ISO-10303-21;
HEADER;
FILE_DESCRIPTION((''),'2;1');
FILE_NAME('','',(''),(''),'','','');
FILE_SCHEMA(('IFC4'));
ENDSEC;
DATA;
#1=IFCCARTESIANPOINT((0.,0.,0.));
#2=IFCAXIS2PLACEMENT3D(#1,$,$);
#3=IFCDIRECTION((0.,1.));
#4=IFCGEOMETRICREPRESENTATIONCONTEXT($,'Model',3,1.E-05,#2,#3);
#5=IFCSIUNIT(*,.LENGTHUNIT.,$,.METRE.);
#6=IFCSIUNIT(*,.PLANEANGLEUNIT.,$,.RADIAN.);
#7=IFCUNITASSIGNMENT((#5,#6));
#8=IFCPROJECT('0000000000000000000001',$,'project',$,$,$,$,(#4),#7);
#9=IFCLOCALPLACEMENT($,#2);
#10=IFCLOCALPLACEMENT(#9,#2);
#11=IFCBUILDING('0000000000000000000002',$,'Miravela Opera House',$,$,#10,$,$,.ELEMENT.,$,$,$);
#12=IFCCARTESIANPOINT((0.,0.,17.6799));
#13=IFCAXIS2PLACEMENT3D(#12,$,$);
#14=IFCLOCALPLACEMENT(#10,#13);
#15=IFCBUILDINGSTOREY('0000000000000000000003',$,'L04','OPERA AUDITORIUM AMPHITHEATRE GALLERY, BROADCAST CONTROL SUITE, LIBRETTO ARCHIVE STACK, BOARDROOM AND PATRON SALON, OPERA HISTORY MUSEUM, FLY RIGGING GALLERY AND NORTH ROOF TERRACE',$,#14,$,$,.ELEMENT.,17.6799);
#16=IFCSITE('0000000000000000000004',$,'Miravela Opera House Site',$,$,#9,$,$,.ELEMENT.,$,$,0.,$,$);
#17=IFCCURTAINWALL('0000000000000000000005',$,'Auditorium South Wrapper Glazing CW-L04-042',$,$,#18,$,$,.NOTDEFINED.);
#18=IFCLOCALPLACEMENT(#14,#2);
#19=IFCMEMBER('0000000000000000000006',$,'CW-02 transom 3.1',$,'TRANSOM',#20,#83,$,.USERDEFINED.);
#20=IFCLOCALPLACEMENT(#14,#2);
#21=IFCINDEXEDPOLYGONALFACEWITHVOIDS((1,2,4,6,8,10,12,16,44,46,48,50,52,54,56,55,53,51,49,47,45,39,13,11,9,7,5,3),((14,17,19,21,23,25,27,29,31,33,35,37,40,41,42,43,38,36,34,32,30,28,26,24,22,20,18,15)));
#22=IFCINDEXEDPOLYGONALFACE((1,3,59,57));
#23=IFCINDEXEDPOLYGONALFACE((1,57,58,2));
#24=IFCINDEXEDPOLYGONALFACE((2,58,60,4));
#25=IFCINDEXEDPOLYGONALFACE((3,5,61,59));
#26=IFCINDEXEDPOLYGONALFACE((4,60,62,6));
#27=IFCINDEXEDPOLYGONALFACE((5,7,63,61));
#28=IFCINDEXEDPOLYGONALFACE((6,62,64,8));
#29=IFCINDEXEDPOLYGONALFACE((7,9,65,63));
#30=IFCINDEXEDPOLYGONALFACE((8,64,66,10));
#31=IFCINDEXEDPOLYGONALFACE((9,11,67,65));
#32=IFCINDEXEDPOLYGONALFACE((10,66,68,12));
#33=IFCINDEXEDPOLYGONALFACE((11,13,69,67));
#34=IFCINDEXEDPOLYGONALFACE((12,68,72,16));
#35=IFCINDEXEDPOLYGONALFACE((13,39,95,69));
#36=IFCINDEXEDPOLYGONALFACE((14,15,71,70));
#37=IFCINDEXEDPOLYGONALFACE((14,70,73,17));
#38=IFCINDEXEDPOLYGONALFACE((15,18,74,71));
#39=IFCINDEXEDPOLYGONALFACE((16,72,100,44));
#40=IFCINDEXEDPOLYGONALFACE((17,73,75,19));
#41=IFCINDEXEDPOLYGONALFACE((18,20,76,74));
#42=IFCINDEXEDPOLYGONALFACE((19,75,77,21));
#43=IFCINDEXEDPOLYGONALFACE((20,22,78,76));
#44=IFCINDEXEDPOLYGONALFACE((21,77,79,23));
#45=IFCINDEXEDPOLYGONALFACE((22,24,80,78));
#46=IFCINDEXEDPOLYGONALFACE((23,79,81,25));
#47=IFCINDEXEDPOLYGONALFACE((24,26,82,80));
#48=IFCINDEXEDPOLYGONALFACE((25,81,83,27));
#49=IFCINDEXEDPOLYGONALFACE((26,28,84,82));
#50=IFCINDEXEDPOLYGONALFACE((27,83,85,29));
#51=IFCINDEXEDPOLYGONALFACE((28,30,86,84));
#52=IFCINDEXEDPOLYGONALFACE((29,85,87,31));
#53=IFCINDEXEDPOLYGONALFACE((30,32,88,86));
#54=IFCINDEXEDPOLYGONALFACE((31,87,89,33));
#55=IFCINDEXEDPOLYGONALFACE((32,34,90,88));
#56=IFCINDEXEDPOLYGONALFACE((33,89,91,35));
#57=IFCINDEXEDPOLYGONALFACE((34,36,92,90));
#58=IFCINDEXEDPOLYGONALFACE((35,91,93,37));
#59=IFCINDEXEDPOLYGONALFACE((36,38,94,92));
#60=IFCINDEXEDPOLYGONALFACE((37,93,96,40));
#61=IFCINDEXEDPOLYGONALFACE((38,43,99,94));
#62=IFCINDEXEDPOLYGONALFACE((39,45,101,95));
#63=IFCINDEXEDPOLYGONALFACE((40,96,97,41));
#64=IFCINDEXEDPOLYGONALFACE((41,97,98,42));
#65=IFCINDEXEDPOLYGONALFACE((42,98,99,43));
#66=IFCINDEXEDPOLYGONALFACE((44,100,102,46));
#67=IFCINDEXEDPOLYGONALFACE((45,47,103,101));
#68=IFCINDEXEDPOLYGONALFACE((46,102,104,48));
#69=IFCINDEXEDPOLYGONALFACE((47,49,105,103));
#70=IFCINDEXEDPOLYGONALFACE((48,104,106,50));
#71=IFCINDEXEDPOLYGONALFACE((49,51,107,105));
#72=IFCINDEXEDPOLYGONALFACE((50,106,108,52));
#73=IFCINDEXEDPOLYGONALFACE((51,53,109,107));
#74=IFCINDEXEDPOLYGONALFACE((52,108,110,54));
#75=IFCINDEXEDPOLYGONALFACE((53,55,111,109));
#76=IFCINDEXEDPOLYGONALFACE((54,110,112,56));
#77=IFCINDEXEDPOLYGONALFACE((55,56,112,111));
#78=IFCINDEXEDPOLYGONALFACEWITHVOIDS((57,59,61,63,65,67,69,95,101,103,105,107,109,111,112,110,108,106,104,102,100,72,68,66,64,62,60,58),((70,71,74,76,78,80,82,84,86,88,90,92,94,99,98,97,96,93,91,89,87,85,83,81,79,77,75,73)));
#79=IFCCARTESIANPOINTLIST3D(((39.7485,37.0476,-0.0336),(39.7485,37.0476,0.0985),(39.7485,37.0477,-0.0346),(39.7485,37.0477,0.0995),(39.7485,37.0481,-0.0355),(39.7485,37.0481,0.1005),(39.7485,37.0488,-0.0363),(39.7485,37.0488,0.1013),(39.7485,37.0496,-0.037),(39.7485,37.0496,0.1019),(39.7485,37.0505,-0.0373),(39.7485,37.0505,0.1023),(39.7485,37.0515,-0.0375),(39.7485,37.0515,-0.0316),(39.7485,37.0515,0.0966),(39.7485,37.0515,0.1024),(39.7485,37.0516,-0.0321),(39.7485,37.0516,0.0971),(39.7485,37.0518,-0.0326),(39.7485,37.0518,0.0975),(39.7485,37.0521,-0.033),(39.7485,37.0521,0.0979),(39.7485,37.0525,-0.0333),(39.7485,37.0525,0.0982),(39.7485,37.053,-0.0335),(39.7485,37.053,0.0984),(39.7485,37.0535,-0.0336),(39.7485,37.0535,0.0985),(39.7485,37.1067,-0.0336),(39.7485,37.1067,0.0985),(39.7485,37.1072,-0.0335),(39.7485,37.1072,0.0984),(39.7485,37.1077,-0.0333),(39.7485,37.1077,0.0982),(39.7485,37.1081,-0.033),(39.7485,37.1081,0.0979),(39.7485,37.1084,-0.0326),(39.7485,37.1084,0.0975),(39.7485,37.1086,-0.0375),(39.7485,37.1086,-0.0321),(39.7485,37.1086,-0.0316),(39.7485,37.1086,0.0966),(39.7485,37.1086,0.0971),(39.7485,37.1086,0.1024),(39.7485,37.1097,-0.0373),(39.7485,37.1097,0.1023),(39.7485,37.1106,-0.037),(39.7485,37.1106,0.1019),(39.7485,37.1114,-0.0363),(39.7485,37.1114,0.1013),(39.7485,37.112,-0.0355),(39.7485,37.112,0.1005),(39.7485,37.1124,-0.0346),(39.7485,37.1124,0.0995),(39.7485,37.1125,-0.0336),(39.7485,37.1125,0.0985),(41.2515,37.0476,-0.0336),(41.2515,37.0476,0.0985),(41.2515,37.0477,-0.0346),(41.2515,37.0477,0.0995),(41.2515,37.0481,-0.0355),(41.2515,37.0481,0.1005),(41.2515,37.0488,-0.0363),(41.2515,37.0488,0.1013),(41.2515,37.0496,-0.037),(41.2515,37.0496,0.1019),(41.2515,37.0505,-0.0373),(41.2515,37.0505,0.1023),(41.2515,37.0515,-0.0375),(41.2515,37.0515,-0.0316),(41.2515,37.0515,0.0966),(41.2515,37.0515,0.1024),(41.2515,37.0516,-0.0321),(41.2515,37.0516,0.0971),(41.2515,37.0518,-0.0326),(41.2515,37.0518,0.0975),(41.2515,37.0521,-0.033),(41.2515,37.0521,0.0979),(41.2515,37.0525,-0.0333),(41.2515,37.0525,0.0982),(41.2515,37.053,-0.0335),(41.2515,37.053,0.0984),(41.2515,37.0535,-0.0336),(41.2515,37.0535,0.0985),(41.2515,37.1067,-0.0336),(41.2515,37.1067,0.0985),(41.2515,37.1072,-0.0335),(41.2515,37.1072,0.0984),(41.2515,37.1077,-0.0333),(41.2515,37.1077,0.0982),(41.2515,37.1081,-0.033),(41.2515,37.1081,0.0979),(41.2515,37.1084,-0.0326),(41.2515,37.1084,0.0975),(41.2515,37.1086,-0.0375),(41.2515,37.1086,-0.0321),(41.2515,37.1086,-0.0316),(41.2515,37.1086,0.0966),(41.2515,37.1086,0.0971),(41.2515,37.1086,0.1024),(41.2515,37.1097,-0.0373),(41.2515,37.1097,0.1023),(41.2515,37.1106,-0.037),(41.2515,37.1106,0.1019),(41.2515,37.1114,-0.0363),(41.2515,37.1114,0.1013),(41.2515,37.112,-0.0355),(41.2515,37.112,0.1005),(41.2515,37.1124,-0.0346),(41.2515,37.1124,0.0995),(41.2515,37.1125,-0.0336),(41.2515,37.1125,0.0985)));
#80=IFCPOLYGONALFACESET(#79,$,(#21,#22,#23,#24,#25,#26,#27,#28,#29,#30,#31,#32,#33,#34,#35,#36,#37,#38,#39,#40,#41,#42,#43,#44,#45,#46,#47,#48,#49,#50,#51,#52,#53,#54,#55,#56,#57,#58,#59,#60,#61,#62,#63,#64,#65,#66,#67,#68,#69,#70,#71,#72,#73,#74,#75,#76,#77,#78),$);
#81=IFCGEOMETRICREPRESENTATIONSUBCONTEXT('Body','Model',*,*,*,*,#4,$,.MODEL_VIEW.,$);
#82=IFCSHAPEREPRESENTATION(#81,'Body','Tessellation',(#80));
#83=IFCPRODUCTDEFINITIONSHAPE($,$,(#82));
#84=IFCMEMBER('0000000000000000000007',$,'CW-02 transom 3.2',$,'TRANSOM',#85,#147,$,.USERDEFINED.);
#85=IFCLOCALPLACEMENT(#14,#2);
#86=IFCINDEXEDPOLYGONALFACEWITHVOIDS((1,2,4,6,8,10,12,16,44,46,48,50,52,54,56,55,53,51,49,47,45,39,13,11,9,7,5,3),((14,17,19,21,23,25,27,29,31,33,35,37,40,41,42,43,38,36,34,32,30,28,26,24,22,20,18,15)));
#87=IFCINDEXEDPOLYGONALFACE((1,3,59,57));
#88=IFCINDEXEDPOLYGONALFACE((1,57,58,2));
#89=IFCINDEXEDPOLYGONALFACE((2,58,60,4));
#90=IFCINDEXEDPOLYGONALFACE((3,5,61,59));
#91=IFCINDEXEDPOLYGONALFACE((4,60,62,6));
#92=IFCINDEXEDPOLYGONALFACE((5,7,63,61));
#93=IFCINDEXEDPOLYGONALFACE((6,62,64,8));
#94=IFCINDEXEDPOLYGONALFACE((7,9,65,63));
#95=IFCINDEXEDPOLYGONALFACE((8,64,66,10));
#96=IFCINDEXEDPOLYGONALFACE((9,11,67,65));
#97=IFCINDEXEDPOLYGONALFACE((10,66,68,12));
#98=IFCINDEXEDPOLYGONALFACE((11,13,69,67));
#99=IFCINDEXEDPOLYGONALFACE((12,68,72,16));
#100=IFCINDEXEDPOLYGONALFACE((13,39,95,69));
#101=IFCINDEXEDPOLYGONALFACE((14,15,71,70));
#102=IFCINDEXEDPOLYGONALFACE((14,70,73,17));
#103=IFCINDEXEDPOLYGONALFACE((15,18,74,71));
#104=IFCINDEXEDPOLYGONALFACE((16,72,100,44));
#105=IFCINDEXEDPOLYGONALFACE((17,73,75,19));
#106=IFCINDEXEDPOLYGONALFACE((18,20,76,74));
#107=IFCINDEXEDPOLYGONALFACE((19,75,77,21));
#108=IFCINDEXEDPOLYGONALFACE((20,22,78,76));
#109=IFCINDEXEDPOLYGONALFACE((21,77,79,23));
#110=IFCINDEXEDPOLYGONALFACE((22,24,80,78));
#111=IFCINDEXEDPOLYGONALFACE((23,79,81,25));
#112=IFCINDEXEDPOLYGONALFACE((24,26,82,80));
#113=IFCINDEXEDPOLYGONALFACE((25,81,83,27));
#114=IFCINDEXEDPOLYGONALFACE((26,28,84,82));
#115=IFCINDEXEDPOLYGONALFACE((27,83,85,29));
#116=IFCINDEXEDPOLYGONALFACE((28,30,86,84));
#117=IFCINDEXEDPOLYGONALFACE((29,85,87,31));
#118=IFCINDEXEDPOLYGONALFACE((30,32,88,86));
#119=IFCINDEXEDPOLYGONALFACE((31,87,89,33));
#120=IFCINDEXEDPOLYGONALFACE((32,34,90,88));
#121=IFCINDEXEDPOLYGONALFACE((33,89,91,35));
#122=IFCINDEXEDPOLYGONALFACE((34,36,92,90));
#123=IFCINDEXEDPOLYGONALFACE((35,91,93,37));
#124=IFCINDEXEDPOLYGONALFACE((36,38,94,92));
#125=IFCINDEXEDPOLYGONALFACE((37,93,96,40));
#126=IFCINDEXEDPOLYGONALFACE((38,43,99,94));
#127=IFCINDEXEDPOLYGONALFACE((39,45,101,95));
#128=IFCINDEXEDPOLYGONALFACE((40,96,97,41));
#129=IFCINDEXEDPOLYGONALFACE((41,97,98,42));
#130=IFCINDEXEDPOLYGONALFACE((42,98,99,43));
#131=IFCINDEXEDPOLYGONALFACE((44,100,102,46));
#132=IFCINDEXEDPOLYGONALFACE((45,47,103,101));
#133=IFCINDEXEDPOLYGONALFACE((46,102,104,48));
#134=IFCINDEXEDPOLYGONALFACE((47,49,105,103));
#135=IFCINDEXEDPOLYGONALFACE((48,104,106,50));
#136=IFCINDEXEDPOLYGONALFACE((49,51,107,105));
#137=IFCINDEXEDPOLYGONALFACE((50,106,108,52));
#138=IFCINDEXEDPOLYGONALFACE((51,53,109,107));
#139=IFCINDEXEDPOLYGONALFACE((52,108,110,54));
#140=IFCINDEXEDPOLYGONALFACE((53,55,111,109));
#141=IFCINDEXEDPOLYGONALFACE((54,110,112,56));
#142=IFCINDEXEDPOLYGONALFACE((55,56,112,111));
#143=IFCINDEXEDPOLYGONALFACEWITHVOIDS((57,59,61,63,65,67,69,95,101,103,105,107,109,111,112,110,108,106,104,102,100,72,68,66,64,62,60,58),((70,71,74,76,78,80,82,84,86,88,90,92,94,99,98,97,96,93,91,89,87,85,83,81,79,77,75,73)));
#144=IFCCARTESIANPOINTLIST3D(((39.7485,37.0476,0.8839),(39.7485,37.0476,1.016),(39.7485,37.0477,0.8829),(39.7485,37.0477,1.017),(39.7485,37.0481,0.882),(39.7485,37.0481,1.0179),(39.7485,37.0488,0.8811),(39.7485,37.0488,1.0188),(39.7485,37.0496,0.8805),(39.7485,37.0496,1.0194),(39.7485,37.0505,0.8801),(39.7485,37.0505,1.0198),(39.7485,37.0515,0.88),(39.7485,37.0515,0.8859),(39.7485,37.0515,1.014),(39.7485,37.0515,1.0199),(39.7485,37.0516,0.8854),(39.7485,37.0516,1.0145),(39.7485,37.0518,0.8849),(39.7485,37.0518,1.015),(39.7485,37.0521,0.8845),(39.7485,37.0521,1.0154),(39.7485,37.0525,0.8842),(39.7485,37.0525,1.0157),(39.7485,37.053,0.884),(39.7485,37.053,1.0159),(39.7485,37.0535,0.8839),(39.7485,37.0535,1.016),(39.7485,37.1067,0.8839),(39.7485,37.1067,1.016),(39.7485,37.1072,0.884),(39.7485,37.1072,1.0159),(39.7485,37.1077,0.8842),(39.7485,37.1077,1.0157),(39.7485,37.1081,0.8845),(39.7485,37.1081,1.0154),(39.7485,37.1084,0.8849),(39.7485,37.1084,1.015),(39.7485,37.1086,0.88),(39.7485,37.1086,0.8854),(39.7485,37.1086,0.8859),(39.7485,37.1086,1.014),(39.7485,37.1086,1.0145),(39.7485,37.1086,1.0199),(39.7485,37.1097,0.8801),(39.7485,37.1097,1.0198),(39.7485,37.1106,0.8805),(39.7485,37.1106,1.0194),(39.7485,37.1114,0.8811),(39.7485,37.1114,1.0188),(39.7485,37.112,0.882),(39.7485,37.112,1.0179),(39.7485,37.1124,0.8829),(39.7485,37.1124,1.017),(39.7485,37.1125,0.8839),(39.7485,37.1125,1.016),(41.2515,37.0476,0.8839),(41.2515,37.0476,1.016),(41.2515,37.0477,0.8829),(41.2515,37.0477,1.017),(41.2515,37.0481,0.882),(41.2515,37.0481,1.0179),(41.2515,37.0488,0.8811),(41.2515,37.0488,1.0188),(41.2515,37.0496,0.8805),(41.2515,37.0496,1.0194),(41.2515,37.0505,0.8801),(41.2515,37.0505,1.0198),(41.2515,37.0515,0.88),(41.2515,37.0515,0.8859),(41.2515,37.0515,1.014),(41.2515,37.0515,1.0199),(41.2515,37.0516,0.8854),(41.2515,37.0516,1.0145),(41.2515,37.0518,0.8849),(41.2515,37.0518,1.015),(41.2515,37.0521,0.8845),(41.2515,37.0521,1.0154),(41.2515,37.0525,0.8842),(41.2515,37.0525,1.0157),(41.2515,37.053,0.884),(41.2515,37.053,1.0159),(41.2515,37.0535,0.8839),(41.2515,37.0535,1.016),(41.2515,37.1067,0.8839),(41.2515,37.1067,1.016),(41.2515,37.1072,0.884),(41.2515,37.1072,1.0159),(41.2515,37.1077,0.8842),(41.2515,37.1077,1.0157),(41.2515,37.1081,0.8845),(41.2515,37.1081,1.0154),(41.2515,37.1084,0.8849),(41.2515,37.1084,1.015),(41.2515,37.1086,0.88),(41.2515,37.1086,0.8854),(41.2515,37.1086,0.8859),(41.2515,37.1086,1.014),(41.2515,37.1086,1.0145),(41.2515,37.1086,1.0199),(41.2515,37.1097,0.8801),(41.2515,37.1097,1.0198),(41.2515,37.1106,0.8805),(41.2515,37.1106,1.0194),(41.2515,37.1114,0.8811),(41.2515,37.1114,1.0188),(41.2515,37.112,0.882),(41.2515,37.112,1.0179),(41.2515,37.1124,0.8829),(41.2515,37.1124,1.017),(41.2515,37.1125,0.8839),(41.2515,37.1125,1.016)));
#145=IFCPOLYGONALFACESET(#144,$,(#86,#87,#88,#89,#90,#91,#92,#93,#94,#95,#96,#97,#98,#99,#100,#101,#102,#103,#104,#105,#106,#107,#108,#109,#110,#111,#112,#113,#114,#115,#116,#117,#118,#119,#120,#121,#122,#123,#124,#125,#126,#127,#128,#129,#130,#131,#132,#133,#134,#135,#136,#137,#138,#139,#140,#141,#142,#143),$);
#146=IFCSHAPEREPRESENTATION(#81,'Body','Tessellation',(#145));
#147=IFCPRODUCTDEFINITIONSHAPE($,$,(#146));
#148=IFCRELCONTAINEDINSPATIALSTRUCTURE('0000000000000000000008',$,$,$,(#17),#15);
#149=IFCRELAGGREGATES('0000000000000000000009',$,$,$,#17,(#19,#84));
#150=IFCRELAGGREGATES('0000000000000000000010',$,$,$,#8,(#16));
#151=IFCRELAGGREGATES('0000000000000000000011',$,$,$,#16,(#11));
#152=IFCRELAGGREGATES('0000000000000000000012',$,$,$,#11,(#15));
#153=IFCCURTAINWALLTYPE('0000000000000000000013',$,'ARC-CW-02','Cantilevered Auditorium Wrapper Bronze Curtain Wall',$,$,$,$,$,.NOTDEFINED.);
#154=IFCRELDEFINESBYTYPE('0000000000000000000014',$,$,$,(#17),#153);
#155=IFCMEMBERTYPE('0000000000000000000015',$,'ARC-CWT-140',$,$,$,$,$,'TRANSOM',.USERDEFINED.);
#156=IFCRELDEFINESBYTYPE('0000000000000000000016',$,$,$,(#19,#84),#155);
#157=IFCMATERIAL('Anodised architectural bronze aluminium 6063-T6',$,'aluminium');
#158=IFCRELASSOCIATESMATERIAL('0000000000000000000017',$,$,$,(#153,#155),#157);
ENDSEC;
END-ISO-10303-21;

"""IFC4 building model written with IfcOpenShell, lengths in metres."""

from ifc_helpers import new_model, si_unit, direction, frame, origin, origin_2d, place, context, subcontext, project, spatial, hollow_rectangle, extrude, material, material_profile, profile_set, type_object, element, aggregate, save


model = new_model("IFC4")

# Units and contexts
model_context = context("Model", 3, precision=1e-05, world=origin(), true_north=direction((0.0, 1.0)))
body_context = subcontext(model_context, "Body", "Model", "MODEL_VIEW")
ifc_project = project(units=[si_unit("LENGTHUNIT", "METRE"), si_unit("PLANEANGLEUNIT", "RADIAN")], contexts=[model_context])

# Site, building, storey
site_placement = place(None, origin())
site = spatial("IfcSite", under=ifc_project, at=site_placement, Name="Miravela Opera House Site", CompositionType="ELEMENT", RefElevation=0.0)
building_placement = place(site_placement, origin())
building = spatial("IfcBuilding", under=site, at=building_placement, Name="Miravela Opera House", CompositionType="ELEMENT")
storey_placement = place(building_placement, frame((0.0, 0.0, 17.6799)))
storey = spatial("IfcBuildingStorey", under=building, at=storey_placement, Name="L04", Description="OPERA AUDITORIUM AMPHITHEATRE GALLERY, BROADCAST CONTROL SUITE, LIBRETTO ARCHIVE STACK, BOARDROOM AND PATRON SALON, OPERA HISTORY MUSEUM, FLY RIGGING GALLERY AND NORTH ROOF TERRACE", CompositionType="ELEMENT", Elevation=17.6799)

# Curtain wall, members
ifc_material_1 = material(Name="Anodised architectural bronze aluminium 6063-T6", Category="aluminium")
curtain_wall_type = type_object("IfcCurtainWallType", Name="ARC-CW-02", Description="Cantilevered Auditorium Wrapper Bronze Curtain Wall", PredefinedType="NOTDEFINED", material=ifc_material_1)
curtain_wall_placement = place(storey_placement, origin())
curtain_wall = element("IfcCurtainWall", 1, at=curtain_wall_placement, inside=storey, type_object=curtain_wall_type, Name="Auditorium South Wrapper Glazing CW-L04-042", PredefinedType="NOTDEFINED")
ifc_material_profile_1 = material_profile(ifc_material_1, hollow_rectangle(XDim=0.0649, YDim=0.1399, WallThickness=0.0039, InnerFilletRadius=0.002, OuterFilletRadius=0.0039, at=origin_2d()), Name="CWT-65X140")
ifc_profile_set_1 = profile_set([ifc_material_profile_1])
member_type_1 = type_object("IfcMemberType", Name="ARC-CWT-140", ElementType="TRANSOM", PredefinedType="USERDEFINED", material=ifc_profile_set_1)
member_1_placement = place(storey_placement, frame((39.7485, 37.0801, 0.0325), z_axis=(1.0, 0.0, 0.0), x_axis=(0.0, 1.0, 0.0)))
member_1 = element("IfcMember", 2, at=member_1_placement, type_object=member_type_1, Name="CW-02 transom 3.1", ObjectType="TRANSOM", PredefinedType="USERDEFINED", context=body_context, shape_type="SweptSolid", body=[
    extrude(hollow_rectangle(XDim=0.0649, YDim=0.1399, WallThickness=0.0039, InnerFilletRadius=0.002, OuterFilletRadius=0.0039, at=origin_2d()), origin(), (0.0, 0.0, 1.0), 1.5029),
])
member_2_placement = place(storey_placement, frame((39.7485, 37.0801, 0.95), z_axis=(1.0, 0.0, 0.0), x_axis=(0.0, 1.0, 0.0)))
member_2 = element("IfcMember", 3, at=member_2_placement, type_object=member_type_1, Name="CW-02 transom 3.2", ObjectType="TRANSOM", PredefinedType="USERDEFINED", context=body_context, shape_type="SweptSolid", body=[
    extrude(hollow_rectangle(XDim=0.0649, YDim=0.1399, WallThickness=0.0039, InnerFilletRadius=0.002, OuterFilletRadius=0.0039, at=origin_2d()), origin(), (0.0, 0.0, 1.0), 1.5029),
])

aggregate(curtain_wall, [member_1, member_2])

save(model, "model.ifc")
